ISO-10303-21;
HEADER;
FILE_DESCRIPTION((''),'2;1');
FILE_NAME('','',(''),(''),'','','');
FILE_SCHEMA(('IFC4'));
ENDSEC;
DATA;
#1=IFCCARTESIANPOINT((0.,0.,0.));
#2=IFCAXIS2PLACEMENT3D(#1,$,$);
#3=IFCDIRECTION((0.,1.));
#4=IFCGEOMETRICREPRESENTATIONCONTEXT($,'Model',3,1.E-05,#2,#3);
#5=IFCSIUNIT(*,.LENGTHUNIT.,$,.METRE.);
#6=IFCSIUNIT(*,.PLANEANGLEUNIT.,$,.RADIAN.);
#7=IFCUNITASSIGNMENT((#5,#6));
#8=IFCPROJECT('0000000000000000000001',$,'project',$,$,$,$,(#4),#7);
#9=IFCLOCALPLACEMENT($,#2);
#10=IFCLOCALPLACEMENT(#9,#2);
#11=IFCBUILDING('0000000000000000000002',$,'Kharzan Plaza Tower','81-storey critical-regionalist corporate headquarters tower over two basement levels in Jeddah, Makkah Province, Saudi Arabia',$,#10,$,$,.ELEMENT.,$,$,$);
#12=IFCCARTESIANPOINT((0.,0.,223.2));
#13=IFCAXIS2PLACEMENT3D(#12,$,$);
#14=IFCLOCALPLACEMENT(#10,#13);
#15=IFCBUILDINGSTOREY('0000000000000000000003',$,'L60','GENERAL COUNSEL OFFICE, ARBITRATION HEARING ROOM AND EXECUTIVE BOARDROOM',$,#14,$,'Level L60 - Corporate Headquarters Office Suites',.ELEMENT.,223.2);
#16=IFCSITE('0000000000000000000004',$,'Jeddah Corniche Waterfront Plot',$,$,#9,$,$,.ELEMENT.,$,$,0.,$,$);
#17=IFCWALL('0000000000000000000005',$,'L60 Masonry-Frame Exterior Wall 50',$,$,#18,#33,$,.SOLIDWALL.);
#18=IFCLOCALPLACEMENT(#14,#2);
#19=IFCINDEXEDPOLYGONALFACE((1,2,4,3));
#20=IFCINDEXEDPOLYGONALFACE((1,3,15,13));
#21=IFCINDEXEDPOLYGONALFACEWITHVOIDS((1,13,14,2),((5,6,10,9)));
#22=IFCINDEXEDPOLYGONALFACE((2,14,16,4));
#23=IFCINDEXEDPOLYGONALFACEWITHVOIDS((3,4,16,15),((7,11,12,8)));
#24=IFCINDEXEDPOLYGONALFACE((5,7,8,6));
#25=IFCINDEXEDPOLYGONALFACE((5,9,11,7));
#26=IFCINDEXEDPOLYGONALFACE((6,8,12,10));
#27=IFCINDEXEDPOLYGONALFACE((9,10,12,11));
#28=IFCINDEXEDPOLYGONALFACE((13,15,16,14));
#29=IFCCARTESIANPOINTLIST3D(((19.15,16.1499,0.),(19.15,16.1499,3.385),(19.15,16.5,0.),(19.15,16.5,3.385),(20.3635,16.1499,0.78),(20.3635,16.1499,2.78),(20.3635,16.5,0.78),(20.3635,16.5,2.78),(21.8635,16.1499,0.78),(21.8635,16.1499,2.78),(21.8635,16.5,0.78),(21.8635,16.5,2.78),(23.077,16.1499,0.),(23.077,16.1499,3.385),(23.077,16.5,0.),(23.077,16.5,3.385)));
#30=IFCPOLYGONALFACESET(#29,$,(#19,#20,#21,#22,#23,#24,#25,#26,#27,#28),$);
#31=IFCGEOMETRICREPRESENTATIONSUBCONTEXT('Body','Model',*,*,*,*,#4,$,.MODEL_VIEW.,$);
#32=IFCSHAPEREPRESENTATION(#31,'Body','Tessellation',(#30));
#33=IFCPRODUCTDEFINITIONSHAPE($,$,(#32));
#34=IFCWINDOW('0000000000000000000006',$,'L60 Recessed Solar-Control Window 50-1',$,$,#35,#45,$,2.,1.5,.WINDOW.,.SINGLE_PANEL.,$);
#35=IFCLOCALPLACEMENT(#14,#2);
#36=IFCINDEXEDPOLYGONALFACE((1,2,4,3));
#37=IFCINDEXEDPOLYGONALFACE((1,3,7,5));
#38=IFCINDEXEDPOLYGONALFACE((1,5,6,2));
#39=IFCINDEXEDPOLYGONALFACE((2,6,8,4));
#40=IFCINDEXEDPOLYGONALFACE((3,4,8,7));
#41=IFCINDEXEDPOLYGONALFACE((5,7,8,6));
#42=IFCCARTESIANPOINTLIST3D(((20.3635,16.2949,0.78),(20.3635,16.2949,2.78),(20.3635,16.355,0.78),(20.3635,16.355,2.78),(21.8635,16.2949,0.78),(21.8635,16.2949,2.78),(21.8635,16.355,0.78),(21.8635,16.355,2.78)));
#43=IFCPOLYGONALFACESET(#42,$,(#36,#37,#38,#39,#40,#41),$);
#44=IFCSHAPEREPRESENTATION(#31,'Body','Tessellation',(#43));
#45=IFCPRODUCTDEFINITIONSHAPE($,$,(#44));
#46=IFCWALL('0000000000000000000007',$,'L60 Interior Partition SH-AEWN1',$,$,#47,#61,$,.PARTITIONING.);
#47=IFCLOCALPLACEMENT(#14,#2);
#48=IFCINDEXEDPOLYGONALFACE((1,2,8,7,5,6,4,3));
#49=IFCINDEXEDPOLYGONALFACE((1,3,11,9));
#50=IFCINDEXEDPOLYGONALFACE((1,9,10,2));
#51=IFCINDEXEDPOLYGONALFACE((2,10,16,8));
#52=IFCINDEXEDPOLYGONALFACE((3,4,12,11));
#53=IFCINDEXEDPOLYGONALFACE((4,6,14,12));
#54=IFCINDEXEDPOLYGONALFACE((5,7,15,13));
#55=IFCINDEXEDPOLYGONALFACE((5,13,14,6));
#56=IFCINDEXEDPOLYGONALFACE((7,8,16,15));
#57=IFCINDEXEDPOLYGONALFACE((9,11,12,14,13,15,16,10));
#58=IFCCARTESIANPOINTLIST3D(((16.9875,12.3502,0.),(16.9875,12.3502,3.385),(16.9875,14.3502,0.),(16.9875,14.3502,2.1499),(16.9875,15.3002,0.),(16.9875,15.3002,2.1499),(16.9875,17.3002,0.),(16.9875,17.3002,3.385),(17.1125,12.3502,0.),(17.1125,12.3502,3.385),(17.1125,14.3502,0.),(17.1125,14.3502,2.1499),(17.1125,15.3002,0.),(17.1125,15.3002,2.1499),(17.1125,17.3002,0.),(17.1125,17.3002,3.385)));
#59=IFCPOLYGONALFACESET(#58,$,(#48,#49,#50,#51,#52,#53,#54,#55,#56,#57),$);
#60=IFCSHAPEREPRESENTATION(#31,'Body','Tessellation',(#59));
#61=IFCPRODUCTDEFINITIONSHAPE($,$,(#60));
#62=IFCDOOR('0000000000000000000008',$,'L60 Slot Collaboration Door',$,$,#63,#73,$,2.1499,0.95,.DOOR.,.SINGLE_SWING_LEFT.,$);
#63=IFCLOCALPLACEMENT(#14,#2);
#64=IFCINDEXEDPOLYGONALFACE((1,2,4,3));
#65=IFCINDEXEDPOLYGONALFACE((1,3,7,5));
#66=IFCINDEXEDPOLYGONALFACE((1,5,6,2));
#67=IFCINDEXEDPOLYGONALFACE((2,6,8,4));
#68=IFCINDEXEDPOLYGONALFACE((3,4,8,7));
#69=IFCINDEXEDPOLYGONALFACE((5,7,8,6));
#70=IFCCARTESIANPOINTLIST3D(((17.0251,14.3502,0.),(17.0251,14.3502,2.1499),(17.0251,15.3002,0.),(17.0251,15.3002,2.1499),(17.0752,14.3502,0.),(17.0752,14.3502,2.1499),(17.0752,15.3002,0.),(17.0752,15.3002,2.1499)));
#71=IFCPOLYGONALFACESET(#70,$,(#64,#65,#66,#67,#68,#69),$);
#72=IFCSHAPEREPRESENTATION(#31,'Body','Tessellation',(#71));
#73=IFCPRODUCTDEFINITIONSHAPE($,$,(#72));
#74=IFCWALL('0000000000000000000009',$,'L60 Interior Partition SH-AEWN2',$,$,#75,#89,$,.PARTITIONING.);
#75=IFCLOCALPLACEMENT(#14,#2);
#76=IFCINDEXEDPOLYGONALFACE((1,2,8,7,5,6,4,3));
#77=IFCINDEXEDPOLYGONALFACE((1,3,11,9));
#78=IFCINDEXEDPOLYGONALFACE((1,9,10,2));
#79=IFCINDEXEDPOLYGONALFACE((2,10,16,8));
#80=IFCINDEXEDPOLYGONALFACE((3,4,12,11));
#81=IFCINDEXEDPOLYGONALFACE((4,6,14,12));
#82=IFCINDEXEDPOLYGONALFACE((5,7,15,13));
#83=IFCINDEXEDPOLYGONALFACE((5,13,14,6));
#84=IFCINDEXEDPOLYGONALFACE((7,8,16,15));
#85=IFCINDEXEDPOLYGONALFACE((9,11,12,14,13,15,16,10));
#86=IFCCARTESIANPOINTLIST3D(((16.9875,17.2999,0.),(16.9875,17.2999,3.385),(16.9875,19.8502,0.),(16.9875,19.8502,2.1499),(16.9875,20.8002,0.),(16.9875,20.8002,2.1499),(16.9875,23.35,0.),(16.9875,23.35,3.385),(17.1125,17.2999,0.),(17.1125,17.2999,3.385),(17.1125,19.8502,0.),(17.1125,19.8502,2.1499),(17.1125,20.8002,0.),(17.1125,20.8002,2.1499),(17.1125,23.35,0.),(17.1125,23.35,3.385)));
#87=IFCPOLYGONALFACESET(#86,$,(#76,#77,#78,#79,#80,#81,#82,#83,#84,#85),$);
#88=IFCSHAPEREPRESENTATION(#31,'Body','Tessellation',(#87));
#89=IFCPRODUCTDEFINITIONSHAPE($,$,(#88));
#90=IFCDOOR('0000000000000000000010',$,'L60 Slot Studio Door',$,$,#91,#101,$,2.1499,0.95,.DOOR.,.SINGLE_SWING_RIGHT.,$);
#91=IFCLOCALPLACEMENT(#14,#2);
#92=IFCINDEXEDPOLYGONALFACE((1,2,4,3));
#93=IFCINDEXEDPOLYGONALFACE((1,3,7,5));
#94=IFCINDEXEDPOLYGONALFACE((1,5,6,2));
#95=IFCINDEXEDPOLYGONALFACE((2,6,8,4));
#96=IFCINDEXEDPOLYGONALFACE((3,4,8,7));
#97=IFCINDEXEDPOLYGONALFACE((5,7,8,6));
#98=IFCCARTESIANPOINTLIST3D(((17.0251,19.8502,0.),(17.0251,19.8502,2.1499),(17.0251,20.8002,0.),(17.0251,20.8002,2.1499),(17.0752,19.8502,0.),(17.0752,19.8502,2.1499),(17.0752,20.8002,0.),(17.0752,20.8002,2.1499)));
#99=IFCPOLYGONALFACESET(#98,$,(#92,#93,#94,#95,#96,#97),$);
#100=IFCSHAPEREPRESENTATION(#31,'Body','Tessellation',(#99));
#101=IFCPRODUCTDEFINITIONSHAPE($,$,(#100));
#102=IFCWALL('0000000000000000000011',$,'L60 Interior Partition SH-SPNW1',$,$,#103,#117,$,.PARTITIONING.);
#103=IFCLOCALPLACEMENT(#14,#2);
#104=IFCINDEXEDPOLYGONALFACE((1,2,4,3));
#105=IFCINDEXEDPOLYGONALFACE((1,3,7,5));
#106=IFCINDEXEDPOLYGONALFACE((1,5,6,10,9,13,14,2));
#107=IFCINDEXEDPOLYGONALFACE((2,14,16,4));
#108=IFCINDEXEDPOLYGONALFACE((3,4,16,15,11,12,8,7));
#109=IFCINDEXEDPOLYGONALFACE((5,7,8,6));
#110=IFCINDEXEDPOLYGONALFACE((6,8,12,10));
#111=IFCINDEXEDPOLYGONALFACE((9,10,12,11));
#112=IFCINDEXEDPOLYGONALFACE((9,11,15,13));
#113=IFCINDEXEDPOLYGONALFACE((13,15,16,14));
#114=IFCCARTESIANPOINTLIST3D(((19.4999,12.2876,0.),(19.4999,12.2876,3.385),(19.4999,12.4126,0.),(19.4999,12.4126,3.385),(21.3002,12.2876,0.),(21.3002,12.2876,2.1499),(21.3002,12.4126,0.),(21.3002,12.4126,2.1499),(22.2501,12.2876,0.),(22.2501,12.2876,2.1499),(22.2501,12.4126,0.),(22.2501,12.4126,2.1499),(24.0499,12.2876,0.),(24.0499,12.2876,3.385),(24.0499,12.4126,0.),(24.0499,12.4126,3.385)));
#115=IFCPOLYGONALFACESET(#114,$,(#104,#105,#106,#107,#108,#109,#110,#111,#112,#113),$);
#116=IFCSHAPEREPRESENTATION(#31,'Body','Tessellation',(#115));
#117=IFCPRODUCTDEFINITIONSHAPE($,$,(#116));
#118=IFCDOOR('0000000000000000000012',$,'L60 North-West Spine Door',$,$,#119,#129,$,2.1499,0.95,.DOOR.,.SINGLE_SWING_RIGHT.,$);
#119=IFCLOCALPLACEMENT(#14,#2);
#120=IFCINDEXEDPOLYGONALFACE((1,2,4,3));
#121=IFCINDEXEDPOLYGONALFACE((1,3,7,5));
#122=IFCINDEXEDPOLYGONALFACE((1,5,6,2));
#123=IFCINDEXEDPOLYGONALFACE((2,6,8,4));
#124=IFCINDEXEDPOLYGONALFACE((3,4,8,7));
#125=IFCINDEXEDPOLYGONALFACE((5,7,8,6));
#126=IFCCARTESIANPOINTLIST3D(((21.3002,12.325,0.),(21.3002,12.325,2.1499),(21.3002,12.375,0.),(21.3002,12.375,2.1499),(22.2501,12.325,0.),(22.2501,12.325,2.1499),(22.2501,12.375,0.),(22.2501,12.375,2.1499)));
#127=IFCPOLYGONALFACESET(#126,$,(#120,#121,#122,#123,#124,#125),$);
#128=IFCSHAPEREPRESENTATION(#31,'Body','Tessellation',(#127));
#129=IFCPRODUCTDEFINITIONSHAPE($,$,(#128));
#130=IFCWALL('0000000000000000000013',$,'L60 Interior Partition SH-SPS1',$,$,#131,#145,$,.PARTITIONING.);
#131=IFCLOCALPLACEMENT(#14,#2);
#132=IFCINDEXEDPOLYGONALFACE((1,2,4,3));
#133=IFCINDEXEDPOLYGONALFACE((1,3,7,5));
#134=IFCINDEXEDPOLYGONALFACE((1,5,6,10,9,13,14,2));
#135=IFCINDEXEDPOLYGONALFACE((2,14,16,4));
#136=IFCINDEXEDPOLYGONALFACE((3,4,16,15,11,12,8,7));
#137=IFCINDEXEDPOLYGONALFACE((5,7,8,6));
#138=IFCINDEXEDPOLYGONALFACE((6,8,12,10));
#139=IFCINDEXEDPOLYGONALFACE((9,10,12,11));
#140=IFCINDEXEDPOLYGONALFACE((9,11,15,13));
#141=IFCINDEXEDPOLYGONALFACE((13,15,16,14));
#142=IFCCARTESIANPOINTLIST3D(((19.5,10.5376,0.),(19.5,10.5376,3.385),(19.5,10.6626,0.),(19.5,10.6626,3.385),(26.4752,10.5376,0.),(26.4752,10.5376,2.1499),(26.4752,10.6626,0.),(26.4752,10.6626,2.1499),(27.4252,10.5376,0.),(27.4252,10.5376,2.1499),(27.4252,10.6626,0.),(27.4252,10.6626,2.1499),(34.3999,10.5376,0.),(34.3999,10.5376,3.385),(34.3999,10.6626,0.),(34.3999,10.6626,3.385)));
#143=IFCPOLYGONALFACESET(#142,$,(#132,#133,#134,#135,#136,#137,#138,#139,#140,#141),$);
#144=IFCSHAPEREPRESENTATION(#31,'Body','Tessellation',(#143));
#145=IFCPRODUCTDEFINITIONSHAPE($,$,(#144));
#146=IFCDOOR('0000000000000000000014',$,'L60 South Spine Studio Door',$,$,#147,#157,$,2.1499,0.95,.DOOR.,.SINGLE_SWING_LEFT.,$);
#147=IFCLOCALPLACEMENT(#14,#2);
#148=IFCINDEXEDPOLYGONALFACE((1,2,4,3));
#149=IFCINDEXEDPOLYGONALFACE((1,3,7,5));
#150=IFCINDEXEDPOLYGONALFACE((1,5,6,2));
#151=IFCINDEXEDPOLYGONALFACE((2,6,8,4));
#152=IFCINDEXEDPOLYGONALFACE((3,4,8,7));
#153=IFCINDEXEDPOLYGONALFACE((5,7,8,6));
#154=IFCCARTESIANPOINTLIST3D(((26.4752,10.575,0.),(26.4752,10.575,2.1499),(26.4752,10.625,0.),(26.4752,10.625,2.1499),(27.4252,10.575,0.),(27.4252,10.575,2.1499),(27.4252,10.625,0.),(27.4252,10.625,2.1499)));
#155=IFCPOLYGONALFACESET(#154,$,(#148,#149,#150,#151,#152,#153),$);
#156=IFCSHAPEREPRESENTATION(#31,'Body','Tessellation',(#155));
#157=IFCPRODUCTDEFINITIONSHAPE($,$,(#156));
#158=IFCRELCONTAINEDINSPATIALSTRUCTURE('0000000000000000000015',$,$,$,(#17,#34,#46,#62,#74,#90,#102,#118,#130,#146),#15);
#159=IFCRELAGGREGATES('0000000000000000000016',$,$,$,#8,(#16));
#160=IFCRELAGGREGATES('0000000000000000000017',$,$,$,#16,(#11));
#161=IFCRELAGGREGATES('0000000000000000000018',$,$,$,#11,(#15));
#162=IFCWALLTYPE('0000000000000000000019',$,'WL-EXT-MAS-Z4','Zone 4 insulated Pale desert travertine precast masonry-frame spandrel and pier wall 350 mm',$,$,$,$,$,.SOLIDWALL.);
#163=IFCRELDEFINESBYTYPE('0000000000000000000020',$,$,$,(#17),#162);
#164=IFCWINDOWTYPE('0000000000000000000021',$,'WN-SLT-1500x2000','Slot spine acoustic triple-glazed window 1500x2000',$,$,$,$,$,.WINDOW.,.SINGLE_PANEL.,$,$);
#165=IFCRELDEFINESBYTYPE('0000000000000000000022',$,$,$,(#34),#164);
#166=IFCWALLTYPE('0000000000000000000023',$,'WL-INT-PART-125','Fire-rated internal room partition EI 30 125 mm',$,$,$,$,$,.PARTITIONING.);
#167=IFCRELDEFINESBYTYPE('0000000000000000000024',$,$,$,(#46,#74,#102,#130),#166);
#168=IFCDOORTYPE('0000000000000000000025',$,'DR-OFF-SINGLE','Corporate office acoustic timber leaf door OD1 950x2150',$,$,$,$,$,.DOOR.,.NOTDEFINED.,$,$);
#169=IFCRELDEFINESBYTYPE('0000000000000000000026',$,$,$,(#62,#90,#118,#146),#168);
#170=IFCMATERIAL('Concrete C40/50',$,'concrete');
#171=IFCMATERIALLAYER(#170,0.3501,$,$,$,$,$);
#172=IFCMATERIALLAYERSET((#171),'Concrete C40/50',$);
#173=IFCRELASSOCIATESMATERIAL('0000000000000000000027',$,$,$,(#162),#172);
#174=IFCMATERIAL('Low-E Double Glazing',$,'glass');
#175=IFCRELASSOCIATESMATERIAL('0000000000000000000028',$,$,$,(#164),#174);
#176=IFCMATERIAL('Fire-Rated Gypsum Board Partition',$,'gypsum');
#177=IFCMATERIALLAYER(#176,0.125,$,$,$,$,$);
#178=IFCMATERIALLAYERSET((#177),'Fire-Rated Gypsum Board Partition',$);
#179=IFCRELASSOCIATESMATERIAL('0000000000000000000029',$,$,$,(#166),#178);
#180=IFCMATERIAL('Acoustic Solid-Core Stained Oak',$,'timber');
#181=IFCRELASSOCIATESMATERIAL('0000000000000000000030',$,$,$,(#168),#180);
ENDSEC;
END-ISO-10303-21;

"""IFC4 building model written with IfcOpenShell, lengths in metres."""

from ifc_helpers import new_model, si_unit, direction, frame, frame_2d, origin, place, context, subcontext, project, spatial, rectangle, extrude, source, transform, mapped, material, layer, layer_set, type_object, element, fill, save


model = new_model("IFC4")

# Units and contexts
model_context = context("Model", 3, precision=1e-05, world=origin(), true_north=direction((0.0, 1.0)))
body_context = subcontext(model_context, "Body", "Model", "MODEL_VIEW")
ifc_project = project(units=[si_unit("LENGTHUNIT", "METRE"), si_unit("PLANEANGLEUNIT", "RADIAN")], contexts=[model_context])

# Site, building, storey
site_placement = place(None, origin())
site = spatial("IfcSite", under=ifc_project, at=site_placement, Name="Jeddah Corniche Waterfront Plot", CompositionType="ELEMENT", RefElevation=0.0)
building_placement = place(site_placement, origin())
building = spatial("IfcBuilding", under=site, at=building_placement, Name="Kharzan Plaza Tower", Description="81-storey critical-regionalist corporate headquarters tower over two basement levels in Jeddah, Makkah Province, Saudi Arabia", CompositionType="ELEMENT")
storey_placement = place(building_placement, frame((0.0, 0.0, 223.2)))
storey = spatial("IfcBuildingStorey", under=building, at=storey_placement, Name="L60", Description="GENERAL COUNSEL OFFICE, ARBITRATION HEARING ROOM AND EXECUTIVE BOARDROOM", LongName="Level L60 - Corporate Headquarters Office Suites", CompositionType="ELEMENT", Elevation=223.2)

# Wall, opening, window
ifc_material_1 = material(Name="Concrete C40/50", Category="concrete")
ifc_layer_1 = layer(ifc_material_1, 0.3501)
ifc_layer_set_1 = layer_set([ifc_layer_1], Name="Concrete C40/50")
wall_type_1 = type_object("IfcWallType", Name="WL-EXT-MAS-Z4", Description="Zone 4 insulated Pale desert travertine precast masonry-frame spandrel and pier wall 350 mm", PredefinedType="SOLIDWALL", material=ifc_layer_set_1)
ifc_material_2 = material(Name="Low-E Double Glazing", Category="glass")
wall_1_placement = place(storey_placement, frame((23.0769, 16.325, 0.0), z_axis=(0.0, 0.0, 1.0), x_axis=(-1.0, 0.0, 0.0)))
wall_1 = element("IfcWall", 1, at=wall_1_placement, inside=storey, type_object=wall_type_1, Name="L60 Masonry-Frame Exterior Wall 50", PredefinedType="SOLIDWALL", context=body_context, shape_type="SweptSolid", body=[
    extrude(rectangle(XDim=3.927, YDim=0.3501, at=frame_2d((1.9634, 0.0))), origin(), (0.0, 0.0, 1.0), 3.385),
])
opening_1_placement = place(wall_1_placement, frame((1.2134, 0.0, 0.78)))
opening_1 = element("IfcOpeningElement", 2, at=opening_1_placement, cuts=wall_1, PredefinedType="OPENING", context=body_context, shape_type="SweptSolid", body=[
    extrude(rectangle(XDim=1.5, YDim=2.0, at=frame_2d((0.75, 1.0))), frame((0.0, 0.1851, 0.0), z_axis=(0.0, -1.0, 0.0), x_axis=(1.0, 0.0, 0.0)), (0.0, 0.0, 1.0), 0.3701),
])
window_type_1 = type_object("IfcWindowType", Name="WN-SLT-1500x2000", Description="Slot spine acoustic triple-glazed window 1500x2000", PartitioningType="SINGLE_PANEL", PredefinedType="WINDOW", material=ifc_material_2)
shared_shape_1 = source(origin(), body_context, "Body", "SweptSolid", [
    extrude(rectangle(XDim=1.5, YDim=2.0, at=frame_2d((0.75, 1.0))), frame((0.0, 0.03, 0.0), z_axis=(0.0, -1.0, 0.0), x_axis=(1.0, 0.0, 0.0)), (0.0, 0.0, 1.0), 0.0601),
])
window_1_placement = place(opening_1_placement, origin())
window_1 = element("IfcWindow", 3, at=window_1_placement, inside=storey, type_object=window_type_1, Name="L60 Recessed Solar-Control Window 50-1", OverallHeight=2.0, OverallWidth=1.5, PartitioningType="SINGLE_PANEL", PredefinedType="WINDOW", context=body_context, shape_type="MappedRepresentation", body=[
    mapped(shared_shape_1, transform((0.0, 0.0, 0.0), x_axis=(1.0, 0.0, 0.0), y_axis=(0.0, 1.0, 0.0), z_axis=(0.0, 0.0, 1.0))),
])
fill(opening_1, window_1)

# Walls, openings, doors
ifc_material_3 = material(Name="Fire-Rated Gypsum Board Partition", Category="gypsum")
ifc_layer_2 = layer(ifc_material_3, 0.125)
ifc_layer_set_2 = layer_set([ifc_layer_2], Name="Fire-Rated Gypsum Board Partition")
wall_type_2 = type_object("IfcWallType", Name="WL-INT-PART-125", Description="Fire-rated internal room partition EI 30 125 mm", PredefinedType="PARTITIONING", material=ifc_layer_set_2)
wall_2_placement = place(storey_placement, frame((17.05, 12.3501, 0.0), z_axis=(0.0, 0.0, 1.0), x_axis=(0.0, 1.0, 0.0)))
wall_2 = element("IfcWall", 4, at=wall_2_placement, inside=storey, type_object=wall_type_2, Name="L60 Interior Partition SH-AEWN1", PredefinedType="PARTITIONING", context=body_context, shape_type="SweptSolid", body=[
    extrude(rectangle(XDim=4.95, YDim=0.125, at=frame_2d((2.4751, 0.0))), origin(), (0.0, 0.0, 1.0), 3.385),
])
opening_2_placement = place(wall_2_placement, frame((2.0, 0.0, 0.0)))
opening_2 = element("IfcOpeningElement", 5, at=opening_2_placement, cuts=wall_2, PredefinedType="OPENING", context=body_context, shape_type="SweptSolid", body=[
    extrude(rectangle(XDim=0.95, YDim=2.1499, at=frame_2d((0.4751, 1.075))), frame((0.0, 0.0725, 0.0), z_axis=(0.0, -1.0, 0.0), x_axis=(1.0, 0.0, 0.0)), (0.0, 0.0, 1.0), 0.145),
])
ifc_material_4 = material(Name="Acoustic Solid-Core Stained Oak", Category="timber")
door_type = type_object("IfcDoorType", Name="DR-OFF-SINGLE", Description="Corporate office acoustic timber leaf door OD1 950x2150", OperationType="NOTDEFINED", PredefinedType="DOOR", material=ifc_material_4)
shared_shape_2 = source(origin(), body_context, "Body", "SweptSolid", [
    extrude(rectangle(XDim=0.95, YDim=2.1499, at=frame_2d((0.4751, 1.075))), frame((0.0, 0.0249, 0.0), z_axis=(0.0, -1.0, 0.0), x_axis=(1.0, 0.0, 0.0)), (0.0, 0.0, 1.0), 0.05),
])
door_1_placement = place(opening_2_placement, origin())
door_1 = element("IfcDoor", 6, at=door_1_placement, inside=storey, type_object=door_type, Name="L60 Slot Collaboration Door", OperationType="SINGLE_SWING_LEFT", OverallHeight=2.1499, OverallWidth=0.95, PredefinedType="DOOR", context=body_context, shape_type="MappedRepresentation", body=[
    mapped(shared_shape_2, transform((0.0, 0.0, 0.0), x_axis=(1.0, 0.0, 0.0), y_axis=(0.0, 1.0, 0.0), z_axis=(0.0, 0.0, 1.0))),
])
fill(opening_2, door_1)
wall_3_placement = place(storey_placement, frame((17.05, 17.3, 0.0), z_axis=(0.0, 0.0, 1.0), x_axis=(0.0, 1.0, 0.0)))
wall_3 = element("IfcWall", 7, at=wall_3_placement, inside=storey, type_object=wall_type_2, Name="L60 Interior Partition SH-AEWN2", PredefinedType="PARTITIONING", context=body_context, shape_type="SweptSolid", body=[
    extrude(rectangle(XDim=6.05, YDim=0.125, at=frame_2d((3.0249, 0.0))), origin(), (0.0, 0.0, 1.0), 3.385),
])
opening_3_placement = place(wall_3_placement, frame((2.55, 0.0, 0.0)))
opening_3 = element("IfcOpeningElement", 8, at=opening_3_placement, cuts=wall_3, PredefinedType="OPENING", context=body_context, shape_type="SweptSolid", body=[
    extrude(rectangle(XDim=0.95, YDim=2.1499, at=frame_2d((0.4751, 1.075))), frame((0.0, 0.0725, 0.0), z_axis=(0.0, -1.0, 0.0), x_axis=(1.0, 0.0, 0.0)), (0.0, 0.0, 1.0), 0.145),
])
door_2_placement = place(opening_3_placement, origin())
door_2 = element("IfcDoor", 9, at=door_2_placement, inside=storey, type_object=door_type, Name="L60 Slot Studio Door", OperationType="SINGLE_SWING_RIGHT", OverallHeight=2.1499, OverallWidth=0.95, PredefinedType="DOOR", context=body_context, shape_type="MappedRepresentation", body=[
    mapped(shared_shape_2, transform((0.0, 0.0, 0.0), x_axis=(1.0, 0.0, 0.0), y_axis=(0.0, 1.0, 0.0), z_axis=(0.0, 0.0, 1.0))),
])
fill(opening_3, door_2)
wall_4_placement = place(storey_placement, frame((19.5, 12.3501, 0.0), z_axis=(0.0, 0.0, 1.0), x_axis=(1.0, 0.0, 0.0)))
wall_4 = element("IfcWall", 10, at=wall_4_placement, inside=storey, type_object=wall_type_2, Name="L60 Interior Partition SH-SPNW1", PredefinedType="PARTITIONING", context=body_context, shape_type="SweptSolid", body=[
    extrude(rectangle(XDim=4.55, YDim=0.125, at=frame_2d((2.2749, 0.0))), origin(), (0.0, 0.0, 1.0), 3.385),
])
opening_4_placement = place(wall_4_placement, frame((1.8, 0.0, 0.0)))
opening_4 = element("IfcOpeningElement", 11, at=opening_4_placement, cuts=wall_4, PredefinedType="OPENING", context=body_context, shape_type="SweptSolid", body=[
    extrude(rectangle(XDim=0.95, YDim=2.1499, at=frame_2d((0.4751, 1.075))), frame((0.0, 0.0725, 0.0), z_axis=(0.0, -1.0, 0.0), x_axis=(1.0, 0.0, 0.0)), (0.0, 0.0, 1.0), 0.145),
])
door_3_placement = place(opening_4_placement, origin())
door_3 = element("IfcDoor", 12, at=door_3_placement, inside=storey, type_object=door_type, Name="L60 North-West Spine Door", OperationType="SINGLE_SWING_RIGHT", OverallHeight=2.1499, OverallWidth=0.95, PredefinedType="DOOR", context=body_context, shape_type="MappedRepresentation", body=[
    mapped(shared_shape_2, transform((0.0, 0.0, 0.0), x_axis=(1.0, 0.0, 0.0), y_axis=(0.0, 1.0, 0.0), z_axis=(0.0, 0.0, 1.0))),
])
fill(opening_4, door_3)
wall_5_placement = place(storey_placement, frame((19.5, 10.6001, 0.0), z_axis=(0.0, 0.0, 1.0), x_axis=(1.0, 0.0, 0.0)))
wall_5 = element("IfcWall", 13, at=wall_5_placement, inside=storey, type_object=wall_type_2, Name="L60 Interior Partition SH-SPS1", PredefinedType="PARTITIONING", context=body_context, shape_type="SweptSolid", body=[
    extrude(rectangle(XDim=14.8999, YDim=0.125, at=frame_2d((7.45, 0.0))), origin(), (0.0, 0.0, 1.0), 3.385),
])
opening_5_placement = place(wall_5_placement, frame((6.9751, 0.0, 0.0)))
opening_5 = element("IfcOpeningElement", 14, at=opening_5_placement, cuts=wall_5, PredefinedType="OPENING", context=body_context, shape_type="SweptSolid", body=[
    extrude(rectangle(XDim=0.95, YDim=2.1499, at=frame_2d((0.4751, 1.075))), frame((0.0, 0.0725, 0.0), z_axis=(0.0, -1.0, 0.0), x_axis=(1.0, 0.0, 0.0)), (0.0, 0.0, 1.0), 0.145),
])
door_4_placement = place(opening_5_placement, origin())
door_4 = element("IfcDoor", 15, at=door_4_placement, inside=storey, type_object=door_type, Name="L60 South Spine Studio Door", OperationType="SINGLE_SWING_LEFT", OverallHeight=2.1499, OverallWidth=0.95, PredefinedType="DOOR", context=body_context, shape_type="MappedRepresentation", body=[
    mapped(shared_shape_2, transform((0.0, 0.0, 0.0), x_axis=(1.0, 0.0, 0.0), y_axis=(0.0, 1.0, 0.0), z_axis=(0.0, 0.0, 1.0))),
])
fill(opening_5, door_4)

save(model, "model.ifc")
